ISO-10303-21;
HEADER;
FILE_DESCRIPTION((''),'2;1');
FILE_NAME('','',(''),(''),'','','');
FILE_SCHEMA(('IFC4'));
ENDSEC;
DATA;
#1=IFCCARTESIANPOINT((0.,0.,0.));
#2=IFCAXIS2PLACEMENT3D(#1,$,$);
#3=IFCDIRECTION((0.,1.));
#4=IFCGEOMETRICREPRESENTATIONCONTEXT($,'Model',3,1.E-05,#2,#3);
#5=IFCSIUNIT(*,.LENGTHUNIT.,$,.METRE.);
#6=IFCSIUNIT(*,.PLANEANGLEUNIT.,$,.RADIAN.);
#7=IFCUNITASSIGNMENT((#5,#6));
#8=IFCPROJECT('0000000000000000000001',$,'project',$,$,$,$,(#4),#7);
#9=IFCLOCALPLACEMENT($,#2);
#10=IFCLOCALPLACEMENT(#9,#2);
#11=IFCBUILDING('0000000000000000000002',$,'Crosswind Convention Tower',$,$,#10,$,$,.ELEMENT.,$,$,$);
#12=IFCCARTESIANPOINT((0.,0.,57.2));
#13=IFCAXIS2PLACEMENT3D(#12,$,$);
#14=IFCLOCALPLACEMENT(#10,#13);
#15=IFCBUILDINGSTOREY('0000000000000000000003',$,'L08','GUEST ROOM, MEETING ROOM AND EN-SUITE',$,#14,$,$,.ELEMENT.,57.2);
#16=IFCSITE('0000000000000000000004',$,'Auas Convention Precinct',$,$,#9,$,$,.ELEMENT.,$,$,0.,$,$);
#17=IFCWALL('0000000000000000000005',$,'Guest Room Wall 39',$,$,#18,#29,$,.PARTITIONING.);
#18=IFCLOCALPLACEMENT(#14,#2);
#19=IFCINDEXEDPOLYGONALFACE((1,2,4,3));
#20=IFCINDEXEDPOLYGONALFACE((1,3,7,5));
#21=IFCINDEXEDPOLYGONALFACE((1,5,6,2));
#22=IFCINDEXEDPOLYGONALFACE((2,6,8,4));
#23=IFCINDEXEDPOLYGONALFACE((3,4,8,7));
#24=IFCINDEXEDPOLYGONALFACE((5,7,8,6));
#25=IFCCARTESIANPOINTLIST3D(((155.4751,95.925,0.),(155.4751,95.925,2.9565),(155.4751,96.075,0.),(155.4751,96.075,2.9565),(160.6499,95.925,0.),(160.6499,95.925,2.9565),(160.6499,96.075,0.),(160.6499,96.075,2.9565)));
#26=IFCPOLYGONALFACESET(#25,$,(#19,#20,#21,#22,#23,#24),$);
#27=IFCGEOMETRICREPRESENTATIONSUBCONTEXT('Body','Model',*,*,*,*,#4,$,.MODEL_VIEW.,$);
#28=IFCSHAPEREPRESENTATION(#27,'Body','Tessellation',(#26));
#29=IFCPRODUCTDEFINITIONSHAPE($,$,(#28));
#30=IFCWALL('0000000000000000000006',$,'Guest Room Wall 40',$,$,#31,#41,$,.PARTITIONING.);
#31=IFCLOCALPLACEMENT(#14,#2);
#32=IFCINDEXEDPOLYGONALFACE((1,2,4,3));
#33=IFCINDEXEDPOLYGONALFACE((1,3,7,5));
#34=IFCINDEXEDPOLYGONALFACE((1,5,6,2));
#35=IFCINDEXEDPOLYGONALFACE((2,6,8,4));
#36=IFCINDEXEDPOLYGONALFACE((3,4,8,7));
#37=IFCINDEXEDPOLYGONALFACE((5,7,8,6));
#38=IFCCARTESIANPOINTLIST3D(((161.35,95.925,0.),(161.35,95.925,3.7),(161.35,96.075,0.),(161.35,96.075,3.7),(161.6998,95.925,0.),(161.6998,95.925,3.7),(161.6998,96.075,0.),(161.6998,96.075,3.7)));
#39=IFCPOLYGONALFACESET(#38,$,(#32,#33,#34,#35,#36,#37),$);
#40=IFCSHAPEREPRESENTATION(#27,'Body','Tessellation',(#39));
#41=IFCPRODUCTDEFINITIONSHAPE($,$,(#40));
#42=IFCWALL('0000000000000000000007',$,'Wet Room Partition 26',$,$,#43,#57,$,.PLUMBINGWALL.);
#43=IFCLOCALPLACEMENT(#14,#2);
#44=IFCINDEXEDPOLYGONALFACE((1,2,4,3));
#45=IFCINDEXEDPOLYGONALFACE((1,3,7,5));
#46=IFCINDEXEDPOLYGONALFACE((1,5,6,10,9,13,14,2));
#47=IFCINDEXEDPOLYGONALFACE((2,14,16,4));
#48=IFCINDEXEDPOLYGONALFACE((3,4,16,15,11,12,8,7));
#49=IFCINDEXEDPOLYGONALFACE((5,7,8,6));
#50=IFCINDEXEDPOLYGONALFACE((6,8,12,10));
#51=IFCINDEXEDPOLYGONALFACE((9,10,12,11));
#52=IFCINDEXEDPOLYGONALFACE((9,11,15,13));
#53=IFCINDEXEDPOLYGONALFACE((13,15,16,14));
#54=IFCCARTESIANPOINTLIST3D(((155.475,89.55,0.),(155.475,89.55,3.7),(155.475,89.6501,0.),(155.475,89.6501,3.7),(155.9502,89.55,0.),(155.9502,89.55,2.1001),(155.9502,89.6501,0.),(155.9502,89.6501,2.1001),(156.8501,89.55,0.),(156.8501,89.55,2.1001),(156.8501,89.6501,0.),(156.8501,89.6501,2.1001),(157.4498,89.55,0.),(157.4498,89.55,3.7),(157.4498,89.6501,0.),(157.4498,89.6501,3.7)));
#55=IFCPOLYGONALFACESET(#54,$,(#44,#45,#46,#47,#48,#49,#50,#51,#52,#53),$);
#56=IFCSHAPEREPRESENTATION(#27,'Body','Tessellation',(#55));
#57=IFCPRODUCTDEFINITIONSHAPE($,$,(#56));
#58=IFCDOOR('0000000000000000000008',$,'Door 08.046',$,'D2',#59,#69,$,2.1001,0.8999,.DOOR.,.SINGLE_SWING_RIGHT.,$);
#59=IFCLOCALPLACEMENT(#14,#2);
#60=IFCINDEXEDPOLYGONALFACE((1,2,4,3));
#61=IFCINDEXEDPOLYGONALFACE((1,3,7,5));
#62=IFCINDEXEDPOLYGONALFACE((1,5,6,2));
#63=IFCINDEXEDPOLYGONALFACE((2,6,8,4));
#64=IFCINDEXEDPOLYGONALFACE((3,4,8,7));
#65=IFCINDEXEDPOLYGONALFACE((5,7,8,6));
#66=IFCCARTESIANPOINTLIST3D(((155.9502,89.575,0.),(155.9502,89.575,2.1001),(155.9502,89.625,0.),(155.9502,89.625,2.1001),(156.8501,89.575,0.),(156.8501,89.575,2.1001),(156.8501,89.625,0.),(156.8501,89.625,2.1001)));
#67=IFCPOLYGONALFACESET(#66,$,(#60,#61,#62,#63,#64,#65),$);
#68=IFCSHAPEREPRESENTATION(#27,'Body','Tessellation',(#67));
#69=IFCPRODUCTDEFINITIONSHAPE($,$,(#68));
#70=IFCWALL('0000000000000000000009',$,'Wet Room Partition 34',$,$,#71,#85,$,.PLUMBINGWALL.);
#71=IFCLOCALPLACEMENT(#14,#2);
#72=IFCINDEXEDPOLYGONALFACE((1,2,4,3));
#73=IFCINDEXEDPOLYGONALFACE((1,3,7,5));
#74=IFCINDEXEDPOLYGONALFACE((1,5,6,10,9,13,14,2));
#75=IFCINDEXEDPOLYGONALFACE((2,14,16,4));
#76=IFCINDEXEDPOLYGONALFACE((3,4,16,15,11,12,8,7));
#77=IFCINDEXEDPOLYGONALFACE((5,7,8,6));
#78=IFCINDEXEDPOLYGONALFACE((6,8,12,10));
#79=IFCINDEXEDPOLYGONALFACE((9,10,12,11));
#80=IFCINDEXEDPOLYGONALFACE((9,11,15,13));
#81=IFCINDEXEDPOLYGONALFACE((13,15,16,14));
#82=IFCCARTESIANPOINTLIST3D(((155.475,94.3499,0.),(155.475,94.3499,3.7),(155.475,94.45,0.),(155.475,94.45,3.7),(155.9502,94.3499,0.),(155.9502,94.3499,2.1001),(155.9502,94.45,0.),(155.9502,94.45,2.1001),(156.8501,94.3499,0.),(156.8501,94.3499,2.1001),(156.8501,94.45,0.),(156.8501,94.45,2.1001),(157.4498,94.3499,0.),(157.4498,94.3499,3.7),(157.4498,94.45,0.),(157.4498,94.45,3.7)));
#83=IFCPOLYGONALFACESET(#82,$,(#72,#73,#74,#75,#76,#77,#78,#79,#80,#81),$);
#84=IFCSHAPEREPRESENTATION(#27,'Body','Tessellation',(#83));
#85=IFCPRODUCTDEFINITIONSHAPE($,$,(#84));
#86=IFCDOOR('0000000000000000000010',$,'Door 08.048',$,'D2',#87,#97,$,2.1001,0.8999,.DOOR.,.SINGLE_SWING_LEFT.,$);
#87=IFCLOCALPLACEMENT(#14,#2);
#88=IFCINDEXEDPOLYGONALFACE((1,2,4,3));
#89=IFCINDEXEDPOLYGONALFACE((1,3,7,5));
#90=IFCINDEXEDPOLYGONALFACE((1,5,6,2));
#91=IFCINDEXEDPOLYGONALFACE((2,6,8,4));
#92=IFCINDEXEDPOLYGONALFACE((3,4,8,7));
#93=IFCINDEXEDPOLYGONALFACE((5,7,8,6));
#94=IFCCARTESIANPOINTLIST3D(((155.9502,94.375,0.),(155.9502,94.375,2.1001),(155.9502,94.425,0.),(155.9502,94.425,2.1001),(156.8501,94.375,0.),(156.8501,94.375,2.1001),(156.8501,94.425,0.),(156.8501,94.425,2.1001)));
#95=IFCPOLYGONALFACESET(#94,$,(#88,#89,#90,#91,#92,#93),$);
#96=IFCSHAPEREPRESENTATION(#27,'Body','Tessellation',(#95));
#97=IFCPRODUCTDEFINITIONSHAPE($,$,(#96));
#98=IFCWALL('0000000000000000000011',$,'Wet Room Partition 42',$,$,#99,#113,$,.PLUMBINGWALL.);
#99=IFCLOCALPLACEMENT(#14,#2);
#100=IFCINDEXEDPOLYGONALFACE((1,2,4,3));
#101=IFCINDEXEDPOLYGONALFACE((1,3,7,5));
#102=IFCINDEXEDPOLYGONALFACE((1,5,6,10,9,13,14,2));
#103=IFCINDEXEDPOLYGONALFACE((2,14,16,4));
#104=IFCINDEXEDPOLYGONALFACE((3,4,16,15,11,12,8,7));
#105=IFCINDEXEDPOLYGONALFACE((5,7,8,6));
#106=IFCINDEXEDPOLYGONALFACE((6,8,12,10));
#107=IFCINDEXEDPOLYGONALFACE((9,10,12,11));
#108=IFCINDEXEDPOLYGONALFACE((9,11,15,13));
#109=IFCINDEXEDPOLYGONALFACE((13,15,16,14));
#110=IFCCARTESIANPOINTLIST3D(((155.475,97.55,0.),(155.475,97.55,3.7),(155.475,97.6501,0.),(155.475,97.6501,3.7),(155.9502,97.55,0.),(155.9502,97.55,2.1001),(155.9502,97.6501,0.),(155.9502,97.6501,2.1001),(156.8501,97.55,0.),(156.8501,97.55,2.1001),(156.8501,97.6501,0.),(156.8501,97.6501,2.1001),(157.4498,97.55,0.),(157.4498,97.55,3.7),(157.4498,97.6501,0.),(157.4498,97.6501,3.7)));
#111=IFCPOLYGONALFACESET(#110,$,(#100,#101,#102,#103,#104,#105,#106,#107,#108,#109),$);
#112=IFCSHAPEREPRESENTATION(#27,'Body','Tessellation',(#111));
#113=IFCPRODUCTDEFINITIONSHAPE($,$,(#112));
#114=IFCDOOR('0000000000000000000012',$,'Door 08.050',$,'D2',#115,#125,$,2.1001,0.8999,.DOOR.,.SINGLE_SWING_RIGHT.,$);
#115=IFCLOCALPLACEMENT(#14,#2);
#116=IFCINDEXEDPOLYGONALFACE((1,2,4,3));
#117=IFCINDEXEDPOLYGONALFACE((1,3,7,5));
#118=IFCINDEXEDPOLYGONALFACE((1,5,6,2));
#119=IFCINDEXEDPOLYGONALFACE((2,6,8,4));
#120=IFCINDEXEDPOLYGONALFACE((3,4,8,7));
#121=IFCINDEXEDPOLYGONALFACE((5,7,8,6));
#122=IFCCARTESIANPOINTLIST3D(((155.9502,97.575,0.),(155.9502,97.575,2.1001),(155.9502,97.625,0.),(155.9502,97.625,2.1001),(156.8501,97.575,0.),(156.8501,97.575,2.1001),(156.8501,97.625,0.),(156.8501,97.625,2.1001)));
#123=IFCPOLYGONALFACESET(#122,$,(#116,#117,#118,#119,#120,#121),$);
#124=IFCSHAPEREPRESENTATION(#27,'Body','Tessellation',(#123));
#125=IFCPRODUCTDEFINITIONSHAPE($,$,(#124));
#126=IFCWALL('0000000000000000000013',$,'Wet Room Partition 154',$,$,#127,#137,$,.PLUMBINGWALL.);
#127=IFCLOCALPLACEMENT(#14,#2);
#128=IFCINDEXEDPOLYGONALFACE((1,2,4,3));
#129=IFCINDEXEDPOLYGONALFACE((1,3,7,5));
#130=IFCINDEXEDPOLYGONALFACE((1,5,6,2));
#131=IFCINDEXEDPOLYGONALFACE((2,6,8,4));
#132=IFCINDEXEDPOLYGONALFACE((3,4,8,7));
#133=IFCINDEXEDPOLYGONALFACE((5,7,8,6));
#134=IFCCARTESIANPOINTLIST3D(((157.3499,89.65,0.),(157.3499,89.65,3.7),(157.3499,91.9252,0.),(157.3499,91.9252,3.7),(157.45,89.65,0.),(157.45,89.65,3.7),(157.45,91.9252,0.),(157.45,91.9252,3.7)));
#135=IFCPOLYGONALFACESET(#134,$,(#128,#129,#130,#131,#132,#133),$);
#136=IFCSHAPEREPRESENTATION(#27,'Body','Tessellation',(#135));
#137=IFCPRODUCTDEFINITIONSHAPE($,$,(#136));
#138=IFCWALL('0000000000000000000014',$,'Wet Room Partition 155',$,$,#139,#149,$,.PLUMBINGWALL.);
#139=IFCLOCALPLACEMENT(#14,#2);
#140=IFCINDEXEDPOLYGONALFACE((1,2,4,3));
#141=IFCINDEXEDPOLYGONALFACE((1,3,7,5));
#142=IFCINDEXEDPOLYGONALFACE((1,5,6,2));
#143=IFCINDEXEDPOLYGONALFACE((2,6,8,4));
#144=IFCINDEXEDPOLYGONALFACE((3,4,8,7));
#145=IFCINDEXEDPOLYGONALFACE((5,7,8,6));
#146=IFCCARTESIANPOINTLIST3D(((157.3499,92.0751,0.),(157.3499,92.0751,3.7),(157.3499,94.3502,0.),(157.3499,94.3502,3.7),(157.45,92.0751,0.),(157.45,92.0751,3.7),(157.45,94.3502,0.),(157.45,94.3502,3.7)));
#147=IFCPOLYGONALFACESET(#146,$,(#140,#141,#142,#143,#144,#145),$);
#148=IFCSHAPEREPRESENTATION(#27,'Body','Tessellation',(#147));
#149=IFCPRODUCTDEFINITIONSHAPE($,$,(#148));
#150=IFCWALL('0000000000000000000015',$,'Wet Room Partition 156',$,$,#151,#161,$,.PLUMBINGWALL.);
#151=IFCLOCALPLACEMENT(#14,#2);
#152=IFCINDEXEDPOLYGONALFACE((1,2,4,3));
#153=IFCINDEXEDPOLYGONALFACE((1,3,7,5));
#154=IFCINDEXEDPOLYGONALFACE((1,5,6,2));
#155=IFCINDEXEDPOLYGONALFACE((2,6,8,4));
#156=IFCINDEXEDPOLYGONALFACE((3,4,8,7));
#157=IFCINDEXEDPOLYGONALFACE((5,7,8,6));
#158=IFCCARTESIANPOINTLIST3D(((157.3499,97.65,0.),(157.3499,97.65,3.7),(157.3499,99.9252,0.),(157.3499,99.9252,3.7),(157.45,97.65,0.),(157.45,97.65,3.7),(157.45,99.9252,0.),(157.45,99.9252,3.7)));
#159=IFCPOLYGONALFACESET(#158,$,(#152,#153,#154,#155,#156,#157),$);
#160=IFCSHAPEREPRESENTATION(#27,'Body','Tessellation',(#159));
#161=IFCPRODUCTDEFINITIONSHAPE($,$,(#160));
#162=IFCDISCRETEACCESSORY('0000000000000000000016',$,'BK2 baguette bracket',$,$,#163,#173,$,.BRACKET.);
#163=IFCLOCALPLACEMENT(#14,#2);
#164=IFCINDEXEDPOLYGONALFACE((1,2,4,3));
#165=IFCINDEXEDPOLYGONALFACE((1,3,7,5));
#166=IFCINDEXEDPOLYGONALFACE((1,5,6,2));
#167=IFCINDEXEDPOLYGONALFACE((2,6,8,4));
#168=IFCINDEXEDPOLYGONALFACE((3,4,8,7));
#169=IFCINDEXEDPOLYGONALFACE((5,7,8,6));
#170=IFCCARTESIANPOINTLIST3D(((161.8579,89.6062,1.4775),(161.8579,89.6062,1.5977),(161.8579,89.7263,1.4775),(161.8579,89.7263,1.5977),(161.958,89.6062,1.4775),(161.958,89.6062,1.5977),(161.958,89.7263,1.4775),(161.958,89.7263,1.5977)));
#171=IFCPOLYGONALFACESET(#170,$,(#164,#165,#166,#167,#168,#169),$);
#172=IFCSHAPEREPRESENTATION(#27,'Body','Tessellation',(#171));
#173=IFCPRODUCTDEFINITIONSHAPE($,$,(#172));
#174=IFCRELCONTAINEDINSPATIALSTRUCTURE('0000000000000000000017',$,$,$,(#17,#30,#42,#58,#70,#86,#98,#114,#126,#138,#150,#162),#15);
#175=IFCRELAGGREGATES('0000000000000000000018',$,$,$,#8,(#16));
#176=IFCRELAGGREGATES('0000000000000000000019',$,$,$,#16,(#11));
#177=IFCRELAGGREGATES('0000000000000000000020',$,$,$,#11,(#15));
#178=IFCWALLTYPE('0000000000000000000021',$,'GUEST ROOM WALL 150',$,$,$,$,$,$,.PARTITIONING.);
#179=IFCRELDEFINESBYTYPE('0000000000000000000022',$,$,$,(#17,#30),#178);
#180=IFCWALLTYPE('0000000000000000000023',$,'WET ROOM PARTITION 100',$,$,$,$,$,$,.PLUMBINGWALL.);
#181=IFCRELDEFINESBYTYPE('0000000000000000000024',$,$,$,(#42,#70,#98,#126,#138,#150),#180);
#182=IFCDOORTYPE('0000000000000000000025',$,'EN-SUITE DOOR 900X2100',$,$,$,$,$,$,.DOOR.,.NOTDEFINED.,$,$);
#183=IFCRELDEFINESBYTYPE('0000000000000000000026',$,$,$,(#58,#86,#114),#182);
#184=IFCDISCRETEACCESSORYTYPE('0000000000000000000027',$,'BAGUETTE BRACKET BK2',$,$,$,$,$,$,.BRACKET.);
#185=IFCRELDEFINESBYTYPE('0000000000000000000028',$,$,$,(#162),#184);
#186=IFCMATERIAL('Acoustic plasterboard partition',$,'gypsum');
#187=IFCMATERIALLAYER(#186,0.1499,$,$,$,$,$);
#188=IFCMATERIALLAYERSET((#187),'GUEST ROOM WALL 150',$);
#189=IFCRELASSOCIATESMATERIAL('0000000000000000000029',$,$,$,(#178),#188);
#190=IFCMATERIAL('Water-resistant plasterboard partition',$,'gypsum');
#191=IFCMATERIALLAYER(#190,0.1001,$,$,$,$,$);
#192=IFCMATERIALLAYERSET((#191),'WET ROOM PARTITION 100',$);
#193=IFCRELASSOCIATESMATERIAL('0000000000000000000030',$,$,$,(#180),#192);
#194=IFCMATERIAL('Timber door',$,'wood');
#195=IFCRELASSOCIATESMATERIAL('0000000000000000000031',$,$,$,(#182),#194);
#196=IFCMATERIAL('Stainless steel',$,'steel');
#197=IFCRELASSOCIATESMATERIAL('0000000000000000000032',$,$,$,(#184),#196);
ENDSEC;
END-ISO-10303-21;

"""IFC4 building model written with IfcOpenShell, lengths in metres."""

from ifc_helpers import new_model, si_unit, direction, frame, frame_2d, origin, origin_2d, place, context, subcontext, project, spatial, rectangle, extrude, material, layer, layer_set, type_object, element, fill, save


model = new_model("IFC4")

# Units and contexts
model_context = context("Model", 3, precision=1e-05, world=origin(), true_north=direction((0.0, 1.0)))
body_context = subcontext(model_context, "Body", "Model", "MODEL_VIEW")
ifc_project = project(units=[si_unit("LENGTHUNIT", "METRE"), si_unit("PLANEANGLEUNIT", "RADIAN")], contexts=[model_context])

# Site, building, storey
site_placement = place(None, origin())
site = spatial("IfcSite", under=ifc_project, at=site_placement, Name="Auas Convention Precinct", CompositionType="ELEMENT", RefElevation=0.0)
building_placement = place(site_placement, origin())
building = spatial("IfcBuilding", under=site, at=building_placement, Name="Crosswind Convention Tower", CompositionType="ELEMENT")
storey_placement = place(building_placement, frame((0.0, 0.0, 57.2)))
storey = spatial("IfcBuildingStorey", under=building, at=storey_placement, Name="L08", Description="GUEST ROOM, MEETING ROOM AND EN-SUITE", CompositionType="ELEMENT", Elevation=57.2)

# Walls
ifc_material_1 = material(Name="Acoustic plasterboard partition", Category="gypsum")
ifc_layer_1 = layer(ifc_material_1, 0.1499)
ifc_layer_set_1 = layer_set([ifc_layer_1], Name="GUEST ROOM WALL 150")
wall_type_1 = type_object("IfcWallType", Name="GUEST ROOM WALL 150", PredefinedType="PARTITIONING", material=ifc_layer_set_1)
wall_1_placement = place(storey_placement, frame((155.4751, 96.0, 0.0), z_axis=(0.0, 0.0, 1.0), x_axis=(1.0, 0.0, 0.0)))
element("IfcWall", 1, at=wall_1_placement, inside=storey, type_object=wall_type_1, Name="Guest Room Wall 39", PredefinedType="PARTITIONING", context=body_context, shape_type="SweptSolid", body=[
    extrude(rectangle(XDim=5.1748, YDim=0.1499, at=frame_2d((2.5874, 0.0))), origin(), (0.0, 0.0, 1.0), 2.9565),
])
wall_2_placement = place(storey_placement, frame((161.3501, 96.0, 0.0), z_axis=(0.0, 0.0, 1.0), x_axis=(1.0, 0.0, 0.0)))
element("IfcWall", 2, at=wall_2_placement, inside=storey, type_object=wall_type_1, Name="Guest Room Wall 40", PredefinedType="PARTITIONING", context=body_context, shape_type="SweptSolid", body=[
    extrude(rectangle(XDim=0.3499, YDim=0.1499, at=frame_2d((0.1748, 0.0))), origin(), (0.0, 0.0, 1.0), 3.7),
])

# Walls, openings, doors
ifc_material_2 = material(Name="Water-resistant plasterboard partition", Category="gypsum")
ifc_layer_2 = layer(ifc_material_2, 0.1001)
ifc_layer_set_2 = layer_set([ifc_layer_2], Name="WET ROOM PARTITION 100")
wall_type_2 = type_object("IfcWallType", Name="WET ROOM PARTITION 100", PredefinedType="PLUMBINGWALL", material=ifc_layer_set_2)
wall_3_placement = place(storey_placement, frame((155.4751, 89.6001, 0.0), z_axis=(0.0, 0.0, 1.0), x_axis=(1.0, 0.0, 0.0)))
wall_3 = element("IfcWall", 3, at=wall_3_placement, inside=storey, type_object=wall_type_2, Name="Wet Room Partition 26", PredefinedType="PLUMBINGWALL", context=body_context, shape_type="SweptSolid", body=[
    extrude(rectangle(XDim=1.9749, YDim=0.1001, at=frame_2d((0.9873, 0.0))), origin(), (0.0, 0.0, 1.0), 3.7),
])
opening_1_placement = place(wall_3_placement, frame((0.4751, 0.0, 0.0)))
opening_1 = element("IfcOpeningElement", 4, at=opening_1_placement, cuts=wall_3, PredefinedType="OPENING", context=body_context, shape_type="SweptSolid", body=[
    extrude(rectangle(XDim=0.8999, YDim=2.1001, at=frame_2d((0.45, 1.05))), frame((0.0, 0.0601, 0.0), z_axis=(0.0, -1.0, 0.0), x_axis=(1.0, 0.0, 0.0)), (0.0, 0.0, 1.0), 0.1201),
])
ifc_material_3 = material(Name="Timber door", Category="wood")
door_type = type_object("IfcDoorType", Name="EN-SUITE DOOR 900X2100", OperationType="NOTDEFINED", PredefinedType="DOOR", material=ifc_material_3)
door_1_placement = place(opening_1_placement, origin())
door_1 = element("IfcDoor", 5, at=door_1_placement, inside=storey, type_object=door_type, Name="Door 08.046", ObjectType="D2", OperationType="SINGLE_SWING_RIGHT", OverallHeight=2.1001, OverallWidth=0.8999, PredefinedType="DOOR", context=body_context, shape_type="SweptSolid", body=[
    extrude(rectangle(XDim=0.8999, YDim=2.1001, at=frame_2d((0.45, 1.05))), frame((0.0, 0.0249, 0.0), z_axis=(0.0, -1.0, 0.0), x_axis=(1.0, 0.0, 0.0)), (0.0, 0.0, 1.0), 0.05),
])
fill(opening_1, door_1)
wall_4_placement = place(storey_placement, frame((155.4751, 94.3999, 0.0), z_axis=(0.0, 0.0, 1.0), x_axis=(1.0, 0.0, 0.0)))
wall_4 = element("IfcWall", 6, at=wall_4_placement, inside=storey, type_object=wall_type_2, Name="Wet Room Partition 34", PredefinedType="PLUMBINGWALL", context=body_context, shape_type="SweptSolid", body=[
    extrude(rectangle(XDim=1.9749, YDim=0.1001, at=frame_2d((0.9873, 0.0))), origin(), (0.0, 0.0, 1.0), 3.7),
])
opening_2_placement = place(wall_4_placement, frame((0.4751, 0.0, 0.0)))
opening_2 = element("IfcOpeningElement", 7, at=opening_2_placement, cuts=wall_4, PredefinedType="OPENING", context=body_context, shape_type="SweptSolid", body=[
    extrude(rectangle(XDim=0.8999, YDim=2.1001, at=frame_2d((0.45, 1.05))), frame((0.0, 0.0601, 0.0), z_axis=(0.0, -1.0, 0.0), x_axis=(1.0, 0.0, 0.0)), (0.0, 0.0, 1.0), 0.1201),
])
door_2_placement = place(opening_2_placement, frame((0.8999, 0.0, 0.0), z_axis=(0.0, 0.0, 1.0), x_axis=(-1.0, 0.0, 0.0)))
door_2 = element("IfcDoor", 8, at=door_2_placement, inside=storey, type_object=door_type, Name="Door 08.048", ObjectType="D2", OperationType="SINGLE_SWING_LEFT", OverallHeight=2.1001, OverallWidth=0.8999, PredefinedType="DOOR", context=body_context, shape_type="SweptSolid", body=[
    extrude(rectangle(XDim=0.8999, YDim=2.1001, at=frame_2d((0.45, 1.05))), frame((0.0, 0.0249, 0.0), z_axis=(0.0, -1.0, 0.0), x_axis=(1.0, 0.0, 0.0)), (0.0, 0.0, 1.0), 0.05),
])
fill(opening_2, door_2)
wall_5_placement = place(storey_placement, frame((155.4751, 97.6001, 0.0), z_axis=(0.0, 0.0, 1.0), x_axis=(1.0, 0.0, 0.0)))
wall_5 = element("IfcWall", 9, at=wall_5_placement, inside=storey, type_object=wall_type_2, Name="Wet Room Partition 42", PredefinedType="PLUMBINGWALL", context=body_context, shape_type="SweptSolid", body=[
    extrude(rectangle(XDim=1.9749, YDim=0.1001, at=frame_2d((0.9873, 0.0))), origin(), (0.0, 0.0, 1.0), 3.7),
])
opening_3_placement = place(wall_5_placement, frame((0.4751, 0.0, 0.0)))
opening_3 = element("IfcOpeningElement", 10, at=opening_3_placement, cuts=wall_5, PredefinedType="OPENING", context=body_context, shape_type="SweptSolid", body=[
    extrude(rectangle(XDim=0.8999, YDim=2.1001, at=frame_2d((0.45, 1.05))), frame((0.0, 0.0601, 0.0), z_axis=(0.0, -1.0, 0.0), x_axis=(1.0, 0.0, 0.0)), (0.0, 0.0, 1.0), 0.1201),
])
door_3_placement = place(opening_3_placement, origin())
door_3 = element("IfcDoor", 11, at=door_3_placement, inside=storey, type_object=door_type, Name="Door 08.050", ObjectType="D2", OperationType="SINGLE_SWING_RIGHT", OverallHeight=2.1001, OverallWidth=0.8999, PredefinedType="DOOR", context=body_context, shape_type="SweptSolid", body=[
    extrude(rectangle(XDim=0.8999, YDim=2.1001, at=frame_2d((0.45, 1.05))), frame((0.0, 0.0249, 0.0), z_axis=(0.0, -1.0, 0.0), x_axis=(1.0, 0.0, 0.0)), (0.0, 0.0, 1.0), 0.05),
])
fill(opening_3, door_3)

# Walls
for number, where, z_axis, x_axis, name in (
    (12, (157.3999, 89.6499, 0.0), (0.0, 0.0, 1.0), (0.0, 1.0, 0.0), "Wet Room Partition 154"),
    (13, (157.3999, 92.075, 0.0), (0.0, 0.0, 1.0), (0.0, 1.0, 0.0), "Wet Room Partition 155"),
    (14, (157.3999, 97.6499, 0.0), (0.0, 0.0, 1.0), (0.0, 1.0, 0.0), "Wet Room Partition 156"),
):
    element("IfcWall", number, at=place(storey_placement, frame(where, z_axis=z_axis, x_axis=x_axis)), inside=storey, type_object=wall_type_2, Name=name, PredefinedType="PLUMBINGWALL", context=body_context, shape_type="SweptSolid", body=[
        extrude(rectangle(XDim=2.2751, YDim=0.1001, at=frame_2d((1.1377, 0.0))), origin(), (0.0, 0.0, 1.0), 3.7),
    ])

# Discrete accessory
ifc_material_4 = material(Name="Stainless steel", Category="steel")
discrete_accessory_type = type_object("IfcDiscreteAccessoryType", Name="BAGUETTE BRACKET BK2", PredefinedType="BRACKET", material=ifc_material_4)
discrete_accessory_placement = place(storey_placement, frame((161.908, 89.6663, 1.4775), z_axis=(0.0, 0.0, 1.0), x_axis=(0.0, 1.0, 0.0)))
element("IfcDiscreteAccessory", 15, at=discrete_accessory_placement, inside=storey, type_object=discrete_accessory_type, Name="BK2 baguette bracket", PredefinedType="BRACKET", context=body_context, shape_type="SweptSolid", body=[
    extrude(rectangle(XDim=0.1201, YDim=0.1001, at=origin_2d()), origin(), (0.0, 0.0, 1.0), 0.1201),
])

save(model, "model.ifc")
